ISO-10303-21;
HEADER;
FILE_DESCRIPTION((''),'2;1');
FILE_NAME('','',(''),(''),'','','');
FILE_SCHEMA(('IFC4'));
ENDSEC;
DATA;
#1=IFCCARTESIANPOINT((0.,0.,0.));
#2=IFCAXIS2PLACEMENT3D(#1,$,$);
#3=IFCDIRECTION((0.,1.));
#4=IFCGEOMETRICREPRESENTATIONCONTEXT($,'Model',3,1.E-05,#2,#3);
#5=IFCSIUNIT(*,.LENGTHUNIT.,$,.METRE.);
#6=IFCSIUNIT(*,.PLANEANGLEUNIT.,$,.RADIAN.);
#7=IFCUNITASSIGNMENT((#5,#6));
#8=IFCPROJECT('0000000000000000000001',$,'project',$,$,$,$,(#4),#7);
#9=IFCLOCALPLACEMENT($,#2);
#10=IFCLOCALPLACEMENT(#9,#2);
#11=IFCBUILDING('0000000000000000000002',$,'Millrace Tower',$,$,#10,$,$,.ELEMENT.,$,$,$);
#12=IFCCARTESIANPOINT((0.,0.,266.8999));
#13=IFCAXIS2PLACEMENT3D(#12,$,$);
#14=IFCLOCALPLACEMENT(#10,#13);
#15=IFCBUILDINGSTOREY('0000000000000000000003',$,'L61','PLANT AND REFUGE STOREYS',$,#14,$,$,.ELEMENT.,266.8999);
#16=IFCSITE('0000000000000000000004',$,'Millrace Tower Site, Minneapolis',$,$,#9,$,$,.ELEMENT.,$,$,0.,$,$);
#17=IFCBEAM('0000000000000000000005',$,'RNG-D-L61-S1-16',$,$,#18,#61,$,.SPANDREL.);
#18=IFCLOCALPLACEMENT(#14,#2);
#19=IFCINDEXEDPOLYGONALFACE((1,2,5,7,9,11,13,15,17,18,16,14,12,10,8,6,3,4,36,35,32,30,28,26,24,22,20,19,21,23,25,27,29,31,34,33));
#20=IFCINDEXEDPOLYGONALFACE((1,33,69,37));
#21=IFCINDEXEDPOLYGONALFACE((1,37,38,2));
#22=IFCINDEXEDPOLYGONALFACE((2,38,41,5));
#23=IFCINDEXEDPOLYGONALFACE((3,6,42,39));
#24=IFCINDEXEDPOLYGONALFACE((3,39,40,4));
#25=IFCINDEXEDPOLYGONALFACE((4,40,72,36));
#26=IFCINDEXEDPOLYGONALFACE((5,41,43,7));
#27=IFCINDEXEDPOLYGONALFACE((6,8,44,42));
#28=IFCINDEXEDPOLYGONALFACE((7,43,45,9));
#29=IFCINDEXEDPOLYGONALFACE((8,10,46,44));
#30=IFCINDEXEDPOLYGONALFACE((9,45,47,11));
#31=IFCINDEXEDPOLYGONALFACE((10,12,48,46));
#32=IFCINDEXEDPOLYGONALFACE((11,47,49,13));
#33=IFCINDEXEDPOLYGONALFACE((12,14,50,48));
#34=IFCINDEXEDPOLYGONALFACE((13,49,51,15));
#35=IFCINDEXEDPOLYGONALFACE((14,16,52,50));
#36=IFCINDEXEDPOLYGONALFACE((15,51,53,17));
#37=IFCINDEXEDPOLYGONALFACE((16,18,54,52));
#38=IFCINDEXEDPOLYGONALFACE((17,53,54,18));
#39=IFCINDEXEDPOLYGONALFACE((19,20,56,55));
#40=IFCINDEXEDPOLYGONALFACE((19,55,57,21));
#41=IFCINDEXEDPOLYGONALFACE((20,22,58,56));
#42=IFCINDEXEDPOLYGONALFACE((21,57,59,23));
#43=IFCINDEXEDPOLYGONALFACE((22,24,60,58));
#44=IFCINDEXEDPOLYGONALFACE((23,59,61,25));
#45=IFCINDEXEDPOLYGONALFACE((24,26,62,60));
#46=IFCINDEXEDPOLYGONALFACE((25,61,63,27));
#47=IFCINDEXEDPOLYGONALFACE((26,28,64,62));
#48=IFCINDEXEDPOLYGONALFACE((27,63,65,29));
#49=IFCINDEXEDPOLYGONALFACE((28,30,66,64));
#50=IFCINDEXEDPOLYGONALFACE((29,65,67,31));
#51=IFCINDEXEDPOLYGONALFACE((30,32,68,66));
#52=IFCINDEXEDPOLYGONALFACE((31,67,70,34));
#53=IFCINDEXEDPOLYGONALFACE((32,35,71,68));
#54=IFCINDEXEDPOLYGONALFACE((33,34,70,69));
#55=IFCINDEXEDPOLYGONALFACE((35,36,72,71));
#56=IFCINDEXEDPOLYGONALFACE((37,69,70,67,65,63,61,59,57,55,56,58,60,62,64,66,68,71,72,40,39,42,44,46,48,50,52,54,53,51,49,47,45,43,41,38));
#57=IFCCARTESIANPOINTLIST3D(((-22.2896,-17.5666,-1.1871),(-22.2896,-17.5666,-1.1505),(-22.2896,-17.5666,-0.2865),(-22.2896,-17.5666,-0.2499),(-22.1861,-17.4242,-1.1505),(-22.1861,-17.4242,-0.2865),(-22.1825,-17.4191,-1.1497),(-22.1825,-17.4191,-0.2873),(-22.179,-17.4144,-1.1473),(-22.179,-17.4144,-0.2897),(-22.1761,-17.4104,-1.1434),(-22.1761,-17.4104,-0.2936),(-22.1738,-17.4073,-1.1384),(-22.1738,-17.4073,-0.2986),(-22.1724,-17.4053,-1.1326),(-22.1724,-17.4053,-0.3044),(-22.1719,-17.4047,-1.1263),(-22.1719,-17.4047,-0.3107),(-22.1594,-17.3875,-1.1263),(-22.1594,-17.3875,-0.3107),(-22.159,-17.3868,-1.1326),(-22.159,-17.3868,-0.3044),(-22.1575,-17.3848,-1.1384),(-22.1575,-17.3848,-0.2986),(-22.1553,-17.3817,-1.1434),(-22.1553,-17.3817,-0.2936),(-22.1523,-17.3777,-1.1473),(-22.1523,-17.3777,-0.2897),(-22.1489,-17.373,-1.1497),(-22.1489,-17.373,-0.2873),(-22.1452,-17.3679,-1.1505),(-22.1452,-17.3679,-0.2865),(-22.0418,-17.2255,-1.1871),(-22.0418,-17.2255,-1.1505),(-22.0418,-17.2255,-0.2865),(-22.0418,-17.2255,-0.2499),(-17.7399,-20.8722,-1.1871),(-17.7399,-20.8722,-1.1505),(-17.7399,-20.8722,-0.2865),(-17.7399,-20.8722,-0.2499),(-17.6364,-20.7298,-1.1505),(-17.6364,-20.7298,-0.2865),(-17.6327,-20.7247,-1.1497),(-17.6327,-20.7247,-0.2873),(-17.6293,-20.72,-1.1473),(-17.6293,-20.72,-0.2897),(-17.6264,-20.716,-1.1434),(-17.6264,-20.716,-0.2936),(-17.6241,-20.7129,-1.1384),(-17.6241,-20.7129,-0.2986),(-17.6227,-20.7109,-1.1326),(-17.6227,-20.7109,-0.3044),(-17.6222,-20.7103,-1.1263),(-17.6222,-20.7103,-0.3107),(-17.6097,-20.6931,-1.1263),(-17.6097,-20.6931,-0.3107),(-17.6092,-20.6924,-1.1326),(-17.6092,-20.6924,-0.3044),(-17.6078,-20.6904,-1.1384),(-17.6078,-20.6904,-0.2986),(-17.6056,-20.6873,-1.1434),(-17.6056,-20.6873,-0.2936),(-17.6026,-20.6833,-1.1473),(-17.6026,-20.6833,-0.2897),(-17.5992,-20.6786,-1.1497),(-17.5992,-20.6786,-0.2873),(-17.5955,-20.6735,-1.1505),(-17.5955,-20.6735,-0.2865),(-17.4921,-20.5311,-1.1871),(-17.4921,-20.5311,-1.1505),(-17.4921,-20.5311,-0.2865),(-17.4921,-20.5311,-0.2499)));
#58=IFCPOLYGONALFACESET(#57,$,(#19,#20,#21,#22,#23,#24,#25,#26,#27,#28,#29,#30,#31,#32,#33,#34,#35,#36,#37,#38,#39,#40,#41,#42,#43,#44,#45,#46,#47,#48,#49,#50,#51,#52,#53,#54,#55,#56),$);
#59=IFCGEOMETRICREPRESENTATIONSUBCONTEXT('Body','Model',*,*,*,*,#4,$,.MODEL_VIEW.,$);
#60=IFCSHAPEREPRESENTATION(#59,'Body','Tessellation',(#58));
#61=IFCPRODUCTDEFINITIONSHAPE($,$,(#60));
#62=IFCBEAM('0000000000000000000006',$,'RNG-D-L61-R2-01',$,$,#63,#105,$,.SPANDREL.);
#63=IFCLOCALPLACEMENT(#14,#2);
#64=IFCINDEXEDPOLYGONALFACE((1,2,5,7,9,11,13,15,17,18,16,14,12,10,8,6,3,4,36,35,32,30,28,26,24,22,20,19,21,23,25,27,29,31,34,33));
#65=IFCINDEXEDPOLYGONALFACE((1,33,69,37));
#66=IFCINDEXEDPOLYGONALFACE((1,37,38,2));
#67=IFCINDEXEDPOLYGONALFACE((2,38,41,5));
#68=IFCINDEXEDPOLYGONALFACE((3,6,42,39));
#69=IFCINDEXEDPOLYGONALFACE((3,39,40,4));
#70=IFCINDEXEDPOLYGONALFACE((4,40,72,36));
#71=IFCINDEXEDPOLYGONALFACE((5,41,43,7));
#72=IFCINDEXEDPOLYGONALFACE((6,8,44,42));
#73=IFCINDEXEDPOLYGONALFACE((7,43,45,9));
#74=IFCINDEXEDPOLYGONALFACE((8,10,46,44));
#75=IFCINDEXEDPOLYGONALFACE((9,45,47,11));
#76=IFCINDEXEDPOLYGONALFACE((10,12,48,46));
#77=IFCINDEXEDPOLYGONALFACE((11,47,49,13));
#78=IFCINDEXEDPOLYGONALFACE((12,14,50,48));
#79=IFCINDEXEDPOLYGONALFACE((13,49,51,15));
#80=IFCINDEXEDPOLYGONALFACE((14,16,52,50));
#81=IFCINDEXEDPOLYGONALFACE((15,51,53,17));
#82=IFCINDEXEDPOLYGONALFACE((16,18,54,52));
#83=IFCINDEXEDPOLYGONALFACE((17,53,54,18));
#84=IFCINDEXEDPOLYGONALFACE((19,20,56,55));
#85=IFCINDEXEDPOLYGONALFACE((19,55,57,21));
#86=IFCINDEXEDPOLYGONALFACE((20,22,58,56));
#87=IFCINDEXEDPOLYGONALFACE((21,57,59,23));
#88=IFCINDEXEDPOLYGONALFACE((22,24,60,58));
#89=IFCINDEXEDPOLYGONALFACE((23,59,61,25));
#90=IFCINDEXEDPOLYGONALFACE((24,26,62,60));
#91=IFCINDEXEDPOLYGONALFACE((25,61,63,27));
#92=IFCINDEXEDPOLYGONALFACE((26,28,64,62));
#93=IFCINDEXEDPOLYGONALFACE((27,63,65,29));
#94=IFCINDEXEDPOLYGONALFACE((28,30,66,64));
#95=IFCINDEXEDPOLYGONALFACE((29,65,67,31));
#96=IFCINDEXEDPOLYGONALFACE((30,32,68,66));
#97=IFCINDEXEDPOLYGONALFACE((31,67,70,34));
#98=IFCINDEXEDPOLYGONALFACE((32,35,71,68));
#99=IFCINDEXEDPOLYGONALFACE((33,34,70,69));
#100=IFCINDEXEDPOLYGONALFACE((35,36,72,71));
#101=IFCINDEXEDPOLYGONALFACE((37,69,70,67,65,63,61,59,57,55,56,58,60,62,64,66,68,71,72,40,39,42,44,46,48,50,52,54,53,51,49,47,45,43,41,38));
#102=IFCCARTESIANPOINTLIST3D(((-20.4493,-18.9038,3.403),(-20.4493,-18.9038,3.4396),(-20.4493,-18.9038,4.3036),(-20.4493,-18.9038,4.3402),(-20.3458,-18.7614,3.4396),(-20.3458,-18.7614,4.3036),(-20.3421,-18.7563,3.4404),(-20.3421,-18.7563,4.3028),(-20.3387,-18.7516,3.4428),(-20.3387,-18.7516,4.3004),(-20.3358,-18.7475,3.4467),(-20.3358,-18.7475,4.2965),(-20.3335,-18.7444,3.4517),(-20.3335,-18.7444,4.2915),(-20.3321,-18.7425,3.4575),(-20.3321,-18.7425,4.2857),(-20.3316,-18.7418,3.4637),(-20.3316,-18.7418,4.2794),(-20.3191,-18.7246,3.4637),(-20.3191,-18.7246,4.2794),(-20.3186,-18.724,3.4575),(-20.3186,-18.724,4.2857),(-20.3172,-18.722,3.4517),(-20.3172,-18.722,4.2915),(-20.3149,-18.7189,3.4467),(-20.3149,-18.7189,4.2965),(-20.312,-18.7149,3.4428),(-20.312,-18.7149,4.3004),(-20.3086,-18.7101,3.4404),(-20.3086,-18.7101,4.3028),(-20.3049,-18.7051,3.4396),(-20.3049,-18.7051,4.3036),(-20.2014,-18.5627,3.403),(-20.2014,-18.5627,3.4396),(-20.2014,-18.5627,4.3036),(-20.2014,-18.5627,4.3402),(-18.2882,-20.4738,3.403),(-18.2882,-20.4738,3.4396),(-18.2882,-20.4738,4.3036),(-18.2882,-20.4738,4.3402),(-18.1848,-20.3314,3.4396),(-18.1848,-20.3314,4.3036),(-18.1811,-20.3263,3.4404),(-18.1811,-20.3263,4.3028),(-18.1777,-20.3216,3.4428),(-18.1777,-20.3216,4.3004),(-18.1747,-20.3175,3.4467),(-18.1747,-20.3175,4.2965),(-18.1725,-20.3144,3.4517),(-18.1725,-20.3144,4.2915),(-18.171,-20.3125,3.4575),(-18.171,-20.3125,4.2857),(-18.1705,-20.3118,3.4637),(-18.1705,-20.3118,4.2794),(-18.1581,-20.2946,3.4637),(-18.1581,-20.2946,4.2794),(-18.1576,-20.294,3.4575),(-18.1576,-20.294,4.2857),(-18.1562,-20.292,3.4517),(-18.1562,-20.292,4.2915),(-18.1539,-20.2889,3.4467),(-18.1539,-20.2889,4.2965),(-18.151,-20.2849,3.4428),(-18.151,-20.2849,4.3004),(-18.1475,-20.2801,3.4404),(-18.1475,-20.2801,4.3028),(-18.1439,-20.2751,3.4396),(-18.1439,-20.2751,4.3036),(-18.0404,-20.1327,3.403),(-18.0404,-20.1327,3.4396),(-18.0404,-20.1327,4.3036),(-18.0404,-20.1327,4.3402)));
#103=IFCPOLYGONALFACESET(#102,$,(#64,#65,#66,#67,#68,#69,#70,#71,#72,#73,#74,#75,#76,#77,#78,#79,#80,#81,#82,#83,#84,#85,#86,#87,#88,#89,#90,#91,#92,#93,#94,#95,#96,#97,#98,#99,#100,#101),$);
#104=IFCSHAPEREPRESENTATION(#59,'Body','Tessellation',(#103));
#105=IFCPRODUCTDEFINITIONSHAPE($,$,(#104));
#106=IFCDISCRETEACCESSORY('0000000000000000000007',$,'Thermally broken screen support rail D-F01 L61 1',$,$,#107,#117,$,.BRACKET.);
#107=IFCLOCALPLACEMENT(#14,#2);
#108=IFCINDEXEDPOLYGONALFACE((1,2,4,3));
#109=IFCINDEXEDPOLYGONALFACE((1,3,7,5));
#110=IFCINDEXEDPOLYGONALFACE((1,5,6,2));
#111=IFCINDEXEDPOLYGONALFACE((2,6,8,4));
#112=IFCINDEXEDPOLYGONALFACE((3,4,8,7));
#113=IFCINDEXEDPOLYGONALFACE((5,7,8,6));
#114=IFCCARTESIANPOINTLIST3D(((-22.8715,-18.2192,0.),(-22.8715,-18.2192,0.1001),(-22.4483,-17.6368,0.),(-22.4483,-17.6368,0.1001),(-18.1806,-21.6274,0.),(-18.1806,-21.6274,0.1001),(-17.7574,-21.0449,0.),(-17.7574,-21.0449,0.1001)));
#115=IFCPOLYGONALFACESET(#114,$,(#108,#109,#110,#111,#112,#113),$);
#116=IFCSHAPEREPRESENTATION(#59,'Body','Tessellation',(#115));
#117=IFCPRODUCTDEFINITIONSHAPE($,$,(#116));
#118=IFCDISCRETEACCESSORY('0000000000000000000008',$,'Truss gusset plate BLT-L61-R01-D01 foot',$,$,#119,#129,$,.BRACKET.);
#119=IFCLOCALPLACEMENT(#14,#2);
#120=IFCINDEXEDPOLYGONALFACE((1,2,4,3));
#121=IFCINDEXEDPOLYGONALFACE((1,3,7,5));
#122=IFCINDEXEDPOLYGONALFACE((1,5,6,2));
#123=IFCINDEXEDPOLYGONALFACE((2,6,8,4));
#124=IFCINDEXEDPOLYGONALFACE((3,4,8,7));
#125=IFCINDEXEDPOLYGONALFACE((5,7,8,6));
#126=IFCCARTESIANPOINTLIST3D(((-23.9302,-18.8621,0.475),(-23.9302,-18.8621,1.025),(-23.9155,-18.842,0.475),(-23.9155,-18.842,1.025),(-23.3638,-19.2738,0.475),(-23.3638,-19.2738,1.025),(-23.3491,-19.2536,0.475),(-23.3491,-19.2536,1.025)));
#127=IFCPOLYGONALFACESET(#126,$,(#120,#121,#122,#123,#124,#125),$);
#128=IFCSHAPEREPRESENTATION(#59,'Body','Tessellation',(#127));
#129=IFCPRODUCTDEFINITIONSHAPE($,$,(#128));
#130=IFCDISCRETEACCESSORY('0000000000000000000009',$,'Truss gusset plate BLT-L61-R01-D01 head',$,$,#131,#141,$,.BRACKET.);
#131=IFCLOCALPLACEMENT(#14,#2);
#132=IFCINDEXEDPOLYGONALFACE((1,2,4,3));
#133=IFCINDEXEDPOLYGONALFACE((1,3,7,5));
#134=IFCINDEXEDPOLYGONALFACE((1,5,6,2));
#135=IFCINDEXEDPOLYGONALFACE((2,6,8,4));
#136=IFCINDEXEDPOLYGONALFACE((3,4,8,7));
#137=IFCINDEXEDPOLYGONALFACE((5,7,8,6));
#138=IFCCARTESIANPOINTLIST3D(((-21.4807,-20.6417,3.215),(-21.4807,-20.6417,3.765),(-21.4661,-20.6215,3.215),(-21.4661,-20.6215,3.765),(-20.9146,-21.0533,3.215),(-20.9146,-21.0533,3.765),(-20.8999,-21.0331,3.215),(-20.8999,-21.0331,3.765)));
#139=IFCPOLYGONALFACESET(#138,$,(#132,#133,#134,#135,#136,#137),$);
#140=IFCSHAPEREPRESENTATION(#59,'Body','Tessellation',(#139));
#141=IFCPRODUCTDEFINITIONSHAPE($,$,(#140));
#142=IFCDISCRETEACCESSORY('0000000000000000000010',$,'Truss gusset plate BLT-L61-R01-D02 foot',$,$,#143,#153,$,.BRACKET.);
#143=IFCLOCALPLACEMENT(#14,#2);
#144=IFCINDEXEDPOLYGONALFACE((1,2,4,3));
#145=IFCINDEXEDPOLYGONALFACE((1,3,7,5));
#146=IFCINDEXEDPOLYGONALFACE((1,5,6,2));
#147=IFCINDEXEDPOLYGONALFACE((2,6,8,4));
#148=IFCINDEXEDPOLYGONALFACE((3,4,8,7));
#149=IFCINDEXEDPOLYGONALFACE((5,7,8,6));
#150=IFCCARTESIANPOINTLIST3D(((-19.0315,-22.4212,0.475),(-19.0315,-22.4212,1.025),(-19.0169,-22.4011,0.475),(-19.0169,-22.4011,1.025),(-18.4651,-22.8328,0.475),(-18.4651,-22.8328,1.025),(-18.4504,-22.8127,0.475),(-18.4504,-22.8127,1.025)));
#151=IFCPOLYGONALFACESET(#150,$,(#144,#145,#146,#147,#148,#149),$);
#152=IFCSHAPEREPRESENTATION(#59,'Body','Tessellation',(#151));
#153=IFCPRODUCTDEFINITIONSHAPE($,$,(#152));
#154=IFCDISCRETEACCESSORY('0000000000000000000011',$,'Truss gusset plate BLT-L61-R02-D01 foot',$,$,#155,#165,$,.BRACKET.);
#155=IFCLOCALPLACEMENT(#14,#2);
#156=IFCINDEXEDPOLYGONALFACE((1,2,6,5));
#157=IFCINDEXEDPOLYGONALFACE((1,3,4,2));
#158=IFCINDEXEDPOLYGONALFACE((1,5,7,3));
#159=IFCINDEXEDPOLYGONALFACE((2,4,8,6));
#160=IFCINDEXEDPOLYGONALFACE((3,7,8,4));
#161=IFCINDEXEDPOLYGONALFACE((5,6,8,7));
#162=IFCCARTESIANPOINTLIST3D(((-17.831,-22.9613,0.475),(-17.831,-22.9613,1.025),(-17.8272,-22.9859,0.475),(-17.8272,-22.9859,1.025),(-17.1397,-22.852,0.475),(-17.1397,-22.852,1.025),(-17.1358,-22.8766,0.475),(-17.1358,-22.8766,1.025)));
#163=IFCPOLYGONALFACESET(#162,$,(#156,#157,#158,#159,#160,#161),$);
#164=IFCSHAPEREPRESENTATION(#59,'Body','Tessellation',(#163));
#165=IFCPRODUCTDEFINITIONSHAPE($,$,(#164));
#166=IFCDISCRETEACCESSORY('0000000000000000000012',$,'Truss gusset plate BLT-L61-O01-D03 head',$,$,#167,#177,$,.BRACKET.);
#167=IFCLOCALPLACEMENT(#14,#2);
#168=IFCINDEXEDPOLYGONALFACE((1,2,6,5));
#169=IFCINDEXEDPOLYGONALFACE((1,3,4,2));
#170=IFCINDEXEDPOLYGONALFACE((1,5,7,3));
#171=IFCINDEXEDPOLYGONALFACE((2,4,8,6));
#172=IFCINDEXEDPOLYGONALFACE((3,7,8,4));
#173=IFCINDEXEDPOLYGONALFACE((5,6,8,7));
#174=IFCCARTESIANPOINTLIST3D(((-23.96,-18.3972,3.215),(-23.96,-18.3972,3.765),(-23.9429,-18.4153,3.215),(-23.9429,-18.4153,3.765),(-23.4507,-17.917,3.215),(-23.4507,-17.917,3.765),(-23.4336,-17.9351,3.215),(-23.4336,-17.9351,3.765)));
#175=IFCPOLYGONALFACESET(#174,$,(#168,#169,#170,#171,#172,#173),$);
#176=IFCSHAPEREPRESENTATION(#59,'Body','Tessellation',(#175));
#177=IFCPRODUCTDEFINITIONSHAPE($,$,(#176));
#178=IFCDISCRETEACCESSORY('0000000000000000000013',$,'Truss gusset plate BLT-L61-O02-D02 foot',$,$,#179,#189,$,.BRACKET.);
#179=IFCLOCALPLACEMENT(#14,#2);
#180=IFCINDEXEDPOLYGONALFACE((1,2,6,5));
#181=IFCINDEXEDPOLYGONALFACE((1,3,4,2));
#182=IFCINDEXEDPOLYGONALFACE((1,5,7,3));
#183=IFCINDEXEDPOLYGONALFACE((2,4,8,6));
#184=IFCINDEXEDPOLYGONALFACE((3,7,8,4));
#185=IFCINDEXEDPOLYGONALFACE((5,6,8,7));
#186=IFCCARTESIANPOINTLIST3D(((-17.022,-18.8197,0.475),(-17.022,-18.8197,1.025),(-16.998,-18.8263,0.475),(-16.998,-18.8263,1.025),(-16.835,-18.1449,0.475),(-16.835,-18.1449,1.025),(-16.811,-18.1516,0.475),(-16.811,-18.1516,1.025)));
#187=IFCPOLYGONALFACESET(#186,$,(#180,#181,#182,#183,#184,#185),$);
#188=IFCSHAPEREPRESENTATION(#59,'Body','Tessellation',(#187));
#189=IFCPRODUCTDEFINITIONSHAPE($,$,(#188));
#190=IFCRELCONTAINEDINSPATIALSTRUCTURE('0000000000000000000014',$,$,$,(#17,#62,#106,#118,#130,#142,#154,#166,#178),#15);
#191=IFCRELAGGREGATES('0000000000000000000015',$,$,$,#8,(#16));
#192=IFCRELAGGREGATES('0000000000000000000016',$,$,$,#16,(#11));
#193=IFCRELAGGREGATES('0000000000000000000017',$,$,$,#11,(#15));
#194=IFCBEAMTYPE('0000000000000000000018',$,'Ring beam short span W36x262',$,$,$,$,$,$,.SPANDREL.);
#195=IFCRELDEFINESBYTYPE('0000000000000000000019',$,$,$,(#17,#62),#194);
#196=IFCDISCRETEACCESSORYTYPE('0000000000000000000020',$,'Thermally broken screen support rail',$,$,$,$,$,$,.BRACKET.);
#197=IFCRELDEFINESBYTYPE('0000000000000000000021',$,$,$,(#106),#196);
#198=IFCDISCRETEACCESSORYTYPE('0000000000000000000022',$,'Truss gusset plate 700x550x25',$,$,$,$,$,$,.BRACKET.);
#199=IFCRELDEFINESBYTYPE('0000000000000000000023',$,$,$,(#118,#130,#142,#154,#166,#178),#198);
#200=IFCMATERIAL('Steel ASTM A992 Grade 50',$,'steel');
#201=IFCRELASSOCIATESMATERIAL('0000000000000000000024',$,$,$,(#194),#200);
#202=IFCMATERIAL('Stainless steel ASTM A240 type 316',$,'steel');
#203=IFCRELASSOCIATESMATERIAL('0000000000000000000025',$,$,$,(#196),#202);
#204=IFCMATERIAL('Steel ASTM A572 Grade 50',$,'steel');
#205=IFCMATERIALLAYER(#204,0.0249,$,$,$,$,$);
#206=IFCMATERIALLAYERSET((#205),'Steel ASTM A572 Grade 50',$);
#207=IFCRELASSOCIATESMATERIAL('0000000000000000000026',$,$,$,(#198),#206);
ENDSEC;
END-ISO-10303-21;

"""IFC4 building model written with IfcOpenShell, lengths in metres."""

from ifc_helpers import new_model, si_unit, direction, frame, origin, origin_2d, place, context, subcontext, project, spatial, rectangle, i_section, extrude, material, layer, layer_set, material_profile, profile_set, type_object, element, save


model = new_model("IFC4")

# Units and contexts
model_context = context("Model", 3, precision=1e-05, world=origin(), true_north=direction((0.0, 1.0)))
body_context = subcontext(model_context, "Body", "Model", "MODEL_VIEW")
ifc_project = project(units=[si_unit("LENGTHUNIT", "METRE"), si_unit("PLANEANGLEUNIT", "RADIAN")], contexts=[model_context])

# Site, building, storey
site_placement = place(None, origin())
site = spatial("IfcSite", under=ifc_project, at=site_placement, Name="Millrace Tower Site, Minneapolis", CompositionType="ELEMENT", RefElevation=0.0)
building_placement = place(site_placement, origin())
building = spatial("IfcBuilding", under=site, at=building_placement, Name="Millrace Tower", CompositionType="ELEMENT")
storey_placement = place(building_placement, frame((0.0, 0.0, 266.8999)))
storey = spatial("IfcBuildingStorey", under=building, at=storey_placement, Name="L61", Description="PLANT AND REFUGE STOREYS", CompositionType="ELEMENT", Elevation=266.8999)

# Beams
ifc_material_1 = material(Name="Steel ASTM A992 Grade 50", Category="steel")
ifc_material_profile_1 = material_profile(ifc_material_1, i_section(OverallWidth=0.4216, OverallDepth=0.9373, WebThickness=0.0212, FlangeThickness=0.0366, FilletRadius=0.0242, at=origin_2d()))
ifc_profile_set_1 = profile_set([ifc_material_profile_1], Name="Steel ASTM A992 Grade 50")
beam_type_1 = type_object("IfcBeamType", Name="Ring beam short span W36x262", PredefinedType="SPANDREL", material=ifc_profile_set_1)
beam_1_placement = place(storey_placement, frame((-17.616, -20.7017, -0.7185), z_axis=(-0.809014, 0.58779, 0.0), x_axis=(-0.58779, -0.809014, 0.0)))
element("IfcBeam", 1, at=beam_1_placement, inside=storey, type_object=beam_type_1, Name="RNG-D-L61-S1-16", PredefinedType="SPANDREL", context=body_context, shape_type="SweptSolid", body=[
    extrude(i_section(OverallWidth=0.4216, OverallDepth=0.9373, WebThickness=0.0212, FlangeThickness=0.0366, FilletRadius=0.0242, at=origin_2d()), origin(), (0.0, 0.0, 1.0), 5.6238),
])
beam_2_placement = place(storey_placement, frame((-18.1643, -20.3032, 3.8716), z_axis=(-0.809032, 0.587764, 0.0), x_axis=(-0.587764, -0.809032, 0.0)))
element("IfcBeam", 2, at=beam_2_placement, inside=storey, type_object=beam_type_1, Name="RNG-D-L61-R2-01", PredefinedType="SPANDREL", context=body_context, shape_type="SweptSolid", body=[
    extrude(i_section(OverallWidth=0.4216, OverallDepth=0.9373, WebThickness=0.0212, FlangeThickness=0.0366, FilletRadius=0.0242, at=origin_2d()), origin(), (0.0, 0.0, 1.0), 2.6711),
])

# Discrete accessories
ifc_material_2 = material(Name="Stainless steel ASTM A240 type 316", Category="steel")
discrete_accessory_type_1 = type_object("IfcDiscreteAccessoryType", Name="Thermally broken screen support rail", PredefinedType="BRACKET", material=ifc_material_2)
discrete_accessory_1_placement = place(storey_placement, frame((-20.3145, -19.6321, 0.0), z_axis=(0.0, 0.0, 1.0), x_axis=(0.809017, -0.587785, 0.0)))
element("IfcDiscreteAccessory", 3, at=discrete_accessory_1_placement, inside=storey, type_object=discrete_accessory_type_1, Name="Thermally broken screen support rail D-F01 L61 1", PredefinedType="BRACKET", context=body_context, shape_type="SweptSolid", body=[
    extrude(rectangle(XDim=5.7983, YDim=0.72, at=origin_2d()), origin(), (0.0, 0.0, 1.0), 0.1001),
])
ifc_material_3 = material(Name="Steel ASTM A572 Grade 50", Category="steel")
ifc_layer_1 = layer(ifc_material_3, 0.0249)
ifc_layer_set_1 = layer_set([ifc_layer_1], Name="Steel ASTM A572 Grade 50")
discrete_accessory_type_2 = type_object("IfcDiscreteAccessoryType", Name="Truss gusset plate 700x550x25", PredefinedType="BRACKET", material=ifc_layer_set_1)
discrete_accessory_2_placement = place(storey_placement, frame((-23.9229, -18.8521, 0.75), z_axis=(0.808947, -0.587881, 0.0), x_axis=(0.587881, 0.808947, 0.0)))
element("IfcDiscreteAccessory", 4, at=discrete_accessory_2_placement, inside=storey, type_object=discrete_accessory_type_2, Name="Truss gusset plate BLT-L61-R01-D01 foot", PredefinedType="BRACKET", context=body_context, shape_type="SweptSolid", body=[
    extrude(rectangle(XDim=0.0249, YDim=0.55, at=origin_2d()), origin(), (0.0, 0.0, 1.0), 0.7002),
])
discrete_accessory_3_placement = place(storey_placement, frame((-21.4734, -20.6316, 3.49), z_axis=(0.808827, -0.588047, 0.0), x_axis=(0.588047, 0.808827, 0.0)))
element("IfcDiscreteAccessory", 5, at=discrete_accessory_3_placement, inside=storey, type_object=discrete_accessory_type_2, Name="Truss gusset plate BLT-L61-R01-D01 head", PredefinedType="BRACKET", context=body_context, shape_type="SweptSolid", body=[
    extrude(rectangle(XDim=0.0249, YDim=0.55, at=origin_2d()), origin(), (0.0, 0.0, 1.0), 0.7),
])
discrete_accessory_4_placement = place(storey_placement, frame((-19.0242, -22.4111, 0.75), z_axis=(0.808947, -0.587881, 0.0), x_axis=(0.587881, 0.808947, 0.0)))
element("IfcDiscreteAccessory", 6, at=discrete_accessory_4_placement, inside=storey, type_object=discrete_accessory_type_2, Name="Truss gusset plate BLT-L61-R01-D02 foot", PredefinedType="BRACKET", context=body_context, shape_type="SweptSolid", body=[
    extrude(rectangle(XDim=0.0249, YDim=0.55, at=origin_2d()), origin(), (0.0, 0.0, 1.0), 0.7002),
])
for number, where, z_axis, x_axis, name in (
    (7, (-17.8291, -22.9736, 0.75), (0.987718, 0.156249, 0.0), (-0.156249, 0.987718, 0.0), "Truss gusset plate BLT-L61-R02-D01 foot"),
    (8, (-23.9514, -18.4062, 3.49), (0.727555, 0.68605, 0.0), (-0.68605, 0.727555, 0.0), "Truss gusset plate BLT-L61-O01-D03 head"),
):
    element("IfcDiscreteAccessory", number, at=place(storey_placement, frame(where, z_axis=z_axis, x_axis=x_axis)), inside=storey, type_object=discrete_accessory_type_2, Name=name, PredefinedType="BRACKET", context=body_context, shape_type="SweptSolid", body=[
        extrude(rectangle(XDim=0.0249, YDim=0.55, at=origin_2d()), origin(), (0.0, 0.0, 1.0), 0.7),
    ])
discrete_accessory_5_placement = place(storey_placement, frame((-17.01, -18.823, 0.75), z_axis=(0.267068, 0.963678, 0.0), x_axis=(-0.963678, 0.267068, 0.0)))
element("IfcDiscreteAccessory", 9, at=discrete_accessory_5_placement, inside=storey, type_object=discrete_accessory_type_2, Name="Truss gusset plate BLT-L61-O02-D02 foot", PredefinedType="BRACKET", context=body_context, shape_type="SweptSolid", body=[
    extrude(rectangle(XDim=0.0249, YDim=0.55, at=origin_2d()), origin(), (0.0, 0.0, 1.0), 0.7002),
])

save(model, "model.ifc")
